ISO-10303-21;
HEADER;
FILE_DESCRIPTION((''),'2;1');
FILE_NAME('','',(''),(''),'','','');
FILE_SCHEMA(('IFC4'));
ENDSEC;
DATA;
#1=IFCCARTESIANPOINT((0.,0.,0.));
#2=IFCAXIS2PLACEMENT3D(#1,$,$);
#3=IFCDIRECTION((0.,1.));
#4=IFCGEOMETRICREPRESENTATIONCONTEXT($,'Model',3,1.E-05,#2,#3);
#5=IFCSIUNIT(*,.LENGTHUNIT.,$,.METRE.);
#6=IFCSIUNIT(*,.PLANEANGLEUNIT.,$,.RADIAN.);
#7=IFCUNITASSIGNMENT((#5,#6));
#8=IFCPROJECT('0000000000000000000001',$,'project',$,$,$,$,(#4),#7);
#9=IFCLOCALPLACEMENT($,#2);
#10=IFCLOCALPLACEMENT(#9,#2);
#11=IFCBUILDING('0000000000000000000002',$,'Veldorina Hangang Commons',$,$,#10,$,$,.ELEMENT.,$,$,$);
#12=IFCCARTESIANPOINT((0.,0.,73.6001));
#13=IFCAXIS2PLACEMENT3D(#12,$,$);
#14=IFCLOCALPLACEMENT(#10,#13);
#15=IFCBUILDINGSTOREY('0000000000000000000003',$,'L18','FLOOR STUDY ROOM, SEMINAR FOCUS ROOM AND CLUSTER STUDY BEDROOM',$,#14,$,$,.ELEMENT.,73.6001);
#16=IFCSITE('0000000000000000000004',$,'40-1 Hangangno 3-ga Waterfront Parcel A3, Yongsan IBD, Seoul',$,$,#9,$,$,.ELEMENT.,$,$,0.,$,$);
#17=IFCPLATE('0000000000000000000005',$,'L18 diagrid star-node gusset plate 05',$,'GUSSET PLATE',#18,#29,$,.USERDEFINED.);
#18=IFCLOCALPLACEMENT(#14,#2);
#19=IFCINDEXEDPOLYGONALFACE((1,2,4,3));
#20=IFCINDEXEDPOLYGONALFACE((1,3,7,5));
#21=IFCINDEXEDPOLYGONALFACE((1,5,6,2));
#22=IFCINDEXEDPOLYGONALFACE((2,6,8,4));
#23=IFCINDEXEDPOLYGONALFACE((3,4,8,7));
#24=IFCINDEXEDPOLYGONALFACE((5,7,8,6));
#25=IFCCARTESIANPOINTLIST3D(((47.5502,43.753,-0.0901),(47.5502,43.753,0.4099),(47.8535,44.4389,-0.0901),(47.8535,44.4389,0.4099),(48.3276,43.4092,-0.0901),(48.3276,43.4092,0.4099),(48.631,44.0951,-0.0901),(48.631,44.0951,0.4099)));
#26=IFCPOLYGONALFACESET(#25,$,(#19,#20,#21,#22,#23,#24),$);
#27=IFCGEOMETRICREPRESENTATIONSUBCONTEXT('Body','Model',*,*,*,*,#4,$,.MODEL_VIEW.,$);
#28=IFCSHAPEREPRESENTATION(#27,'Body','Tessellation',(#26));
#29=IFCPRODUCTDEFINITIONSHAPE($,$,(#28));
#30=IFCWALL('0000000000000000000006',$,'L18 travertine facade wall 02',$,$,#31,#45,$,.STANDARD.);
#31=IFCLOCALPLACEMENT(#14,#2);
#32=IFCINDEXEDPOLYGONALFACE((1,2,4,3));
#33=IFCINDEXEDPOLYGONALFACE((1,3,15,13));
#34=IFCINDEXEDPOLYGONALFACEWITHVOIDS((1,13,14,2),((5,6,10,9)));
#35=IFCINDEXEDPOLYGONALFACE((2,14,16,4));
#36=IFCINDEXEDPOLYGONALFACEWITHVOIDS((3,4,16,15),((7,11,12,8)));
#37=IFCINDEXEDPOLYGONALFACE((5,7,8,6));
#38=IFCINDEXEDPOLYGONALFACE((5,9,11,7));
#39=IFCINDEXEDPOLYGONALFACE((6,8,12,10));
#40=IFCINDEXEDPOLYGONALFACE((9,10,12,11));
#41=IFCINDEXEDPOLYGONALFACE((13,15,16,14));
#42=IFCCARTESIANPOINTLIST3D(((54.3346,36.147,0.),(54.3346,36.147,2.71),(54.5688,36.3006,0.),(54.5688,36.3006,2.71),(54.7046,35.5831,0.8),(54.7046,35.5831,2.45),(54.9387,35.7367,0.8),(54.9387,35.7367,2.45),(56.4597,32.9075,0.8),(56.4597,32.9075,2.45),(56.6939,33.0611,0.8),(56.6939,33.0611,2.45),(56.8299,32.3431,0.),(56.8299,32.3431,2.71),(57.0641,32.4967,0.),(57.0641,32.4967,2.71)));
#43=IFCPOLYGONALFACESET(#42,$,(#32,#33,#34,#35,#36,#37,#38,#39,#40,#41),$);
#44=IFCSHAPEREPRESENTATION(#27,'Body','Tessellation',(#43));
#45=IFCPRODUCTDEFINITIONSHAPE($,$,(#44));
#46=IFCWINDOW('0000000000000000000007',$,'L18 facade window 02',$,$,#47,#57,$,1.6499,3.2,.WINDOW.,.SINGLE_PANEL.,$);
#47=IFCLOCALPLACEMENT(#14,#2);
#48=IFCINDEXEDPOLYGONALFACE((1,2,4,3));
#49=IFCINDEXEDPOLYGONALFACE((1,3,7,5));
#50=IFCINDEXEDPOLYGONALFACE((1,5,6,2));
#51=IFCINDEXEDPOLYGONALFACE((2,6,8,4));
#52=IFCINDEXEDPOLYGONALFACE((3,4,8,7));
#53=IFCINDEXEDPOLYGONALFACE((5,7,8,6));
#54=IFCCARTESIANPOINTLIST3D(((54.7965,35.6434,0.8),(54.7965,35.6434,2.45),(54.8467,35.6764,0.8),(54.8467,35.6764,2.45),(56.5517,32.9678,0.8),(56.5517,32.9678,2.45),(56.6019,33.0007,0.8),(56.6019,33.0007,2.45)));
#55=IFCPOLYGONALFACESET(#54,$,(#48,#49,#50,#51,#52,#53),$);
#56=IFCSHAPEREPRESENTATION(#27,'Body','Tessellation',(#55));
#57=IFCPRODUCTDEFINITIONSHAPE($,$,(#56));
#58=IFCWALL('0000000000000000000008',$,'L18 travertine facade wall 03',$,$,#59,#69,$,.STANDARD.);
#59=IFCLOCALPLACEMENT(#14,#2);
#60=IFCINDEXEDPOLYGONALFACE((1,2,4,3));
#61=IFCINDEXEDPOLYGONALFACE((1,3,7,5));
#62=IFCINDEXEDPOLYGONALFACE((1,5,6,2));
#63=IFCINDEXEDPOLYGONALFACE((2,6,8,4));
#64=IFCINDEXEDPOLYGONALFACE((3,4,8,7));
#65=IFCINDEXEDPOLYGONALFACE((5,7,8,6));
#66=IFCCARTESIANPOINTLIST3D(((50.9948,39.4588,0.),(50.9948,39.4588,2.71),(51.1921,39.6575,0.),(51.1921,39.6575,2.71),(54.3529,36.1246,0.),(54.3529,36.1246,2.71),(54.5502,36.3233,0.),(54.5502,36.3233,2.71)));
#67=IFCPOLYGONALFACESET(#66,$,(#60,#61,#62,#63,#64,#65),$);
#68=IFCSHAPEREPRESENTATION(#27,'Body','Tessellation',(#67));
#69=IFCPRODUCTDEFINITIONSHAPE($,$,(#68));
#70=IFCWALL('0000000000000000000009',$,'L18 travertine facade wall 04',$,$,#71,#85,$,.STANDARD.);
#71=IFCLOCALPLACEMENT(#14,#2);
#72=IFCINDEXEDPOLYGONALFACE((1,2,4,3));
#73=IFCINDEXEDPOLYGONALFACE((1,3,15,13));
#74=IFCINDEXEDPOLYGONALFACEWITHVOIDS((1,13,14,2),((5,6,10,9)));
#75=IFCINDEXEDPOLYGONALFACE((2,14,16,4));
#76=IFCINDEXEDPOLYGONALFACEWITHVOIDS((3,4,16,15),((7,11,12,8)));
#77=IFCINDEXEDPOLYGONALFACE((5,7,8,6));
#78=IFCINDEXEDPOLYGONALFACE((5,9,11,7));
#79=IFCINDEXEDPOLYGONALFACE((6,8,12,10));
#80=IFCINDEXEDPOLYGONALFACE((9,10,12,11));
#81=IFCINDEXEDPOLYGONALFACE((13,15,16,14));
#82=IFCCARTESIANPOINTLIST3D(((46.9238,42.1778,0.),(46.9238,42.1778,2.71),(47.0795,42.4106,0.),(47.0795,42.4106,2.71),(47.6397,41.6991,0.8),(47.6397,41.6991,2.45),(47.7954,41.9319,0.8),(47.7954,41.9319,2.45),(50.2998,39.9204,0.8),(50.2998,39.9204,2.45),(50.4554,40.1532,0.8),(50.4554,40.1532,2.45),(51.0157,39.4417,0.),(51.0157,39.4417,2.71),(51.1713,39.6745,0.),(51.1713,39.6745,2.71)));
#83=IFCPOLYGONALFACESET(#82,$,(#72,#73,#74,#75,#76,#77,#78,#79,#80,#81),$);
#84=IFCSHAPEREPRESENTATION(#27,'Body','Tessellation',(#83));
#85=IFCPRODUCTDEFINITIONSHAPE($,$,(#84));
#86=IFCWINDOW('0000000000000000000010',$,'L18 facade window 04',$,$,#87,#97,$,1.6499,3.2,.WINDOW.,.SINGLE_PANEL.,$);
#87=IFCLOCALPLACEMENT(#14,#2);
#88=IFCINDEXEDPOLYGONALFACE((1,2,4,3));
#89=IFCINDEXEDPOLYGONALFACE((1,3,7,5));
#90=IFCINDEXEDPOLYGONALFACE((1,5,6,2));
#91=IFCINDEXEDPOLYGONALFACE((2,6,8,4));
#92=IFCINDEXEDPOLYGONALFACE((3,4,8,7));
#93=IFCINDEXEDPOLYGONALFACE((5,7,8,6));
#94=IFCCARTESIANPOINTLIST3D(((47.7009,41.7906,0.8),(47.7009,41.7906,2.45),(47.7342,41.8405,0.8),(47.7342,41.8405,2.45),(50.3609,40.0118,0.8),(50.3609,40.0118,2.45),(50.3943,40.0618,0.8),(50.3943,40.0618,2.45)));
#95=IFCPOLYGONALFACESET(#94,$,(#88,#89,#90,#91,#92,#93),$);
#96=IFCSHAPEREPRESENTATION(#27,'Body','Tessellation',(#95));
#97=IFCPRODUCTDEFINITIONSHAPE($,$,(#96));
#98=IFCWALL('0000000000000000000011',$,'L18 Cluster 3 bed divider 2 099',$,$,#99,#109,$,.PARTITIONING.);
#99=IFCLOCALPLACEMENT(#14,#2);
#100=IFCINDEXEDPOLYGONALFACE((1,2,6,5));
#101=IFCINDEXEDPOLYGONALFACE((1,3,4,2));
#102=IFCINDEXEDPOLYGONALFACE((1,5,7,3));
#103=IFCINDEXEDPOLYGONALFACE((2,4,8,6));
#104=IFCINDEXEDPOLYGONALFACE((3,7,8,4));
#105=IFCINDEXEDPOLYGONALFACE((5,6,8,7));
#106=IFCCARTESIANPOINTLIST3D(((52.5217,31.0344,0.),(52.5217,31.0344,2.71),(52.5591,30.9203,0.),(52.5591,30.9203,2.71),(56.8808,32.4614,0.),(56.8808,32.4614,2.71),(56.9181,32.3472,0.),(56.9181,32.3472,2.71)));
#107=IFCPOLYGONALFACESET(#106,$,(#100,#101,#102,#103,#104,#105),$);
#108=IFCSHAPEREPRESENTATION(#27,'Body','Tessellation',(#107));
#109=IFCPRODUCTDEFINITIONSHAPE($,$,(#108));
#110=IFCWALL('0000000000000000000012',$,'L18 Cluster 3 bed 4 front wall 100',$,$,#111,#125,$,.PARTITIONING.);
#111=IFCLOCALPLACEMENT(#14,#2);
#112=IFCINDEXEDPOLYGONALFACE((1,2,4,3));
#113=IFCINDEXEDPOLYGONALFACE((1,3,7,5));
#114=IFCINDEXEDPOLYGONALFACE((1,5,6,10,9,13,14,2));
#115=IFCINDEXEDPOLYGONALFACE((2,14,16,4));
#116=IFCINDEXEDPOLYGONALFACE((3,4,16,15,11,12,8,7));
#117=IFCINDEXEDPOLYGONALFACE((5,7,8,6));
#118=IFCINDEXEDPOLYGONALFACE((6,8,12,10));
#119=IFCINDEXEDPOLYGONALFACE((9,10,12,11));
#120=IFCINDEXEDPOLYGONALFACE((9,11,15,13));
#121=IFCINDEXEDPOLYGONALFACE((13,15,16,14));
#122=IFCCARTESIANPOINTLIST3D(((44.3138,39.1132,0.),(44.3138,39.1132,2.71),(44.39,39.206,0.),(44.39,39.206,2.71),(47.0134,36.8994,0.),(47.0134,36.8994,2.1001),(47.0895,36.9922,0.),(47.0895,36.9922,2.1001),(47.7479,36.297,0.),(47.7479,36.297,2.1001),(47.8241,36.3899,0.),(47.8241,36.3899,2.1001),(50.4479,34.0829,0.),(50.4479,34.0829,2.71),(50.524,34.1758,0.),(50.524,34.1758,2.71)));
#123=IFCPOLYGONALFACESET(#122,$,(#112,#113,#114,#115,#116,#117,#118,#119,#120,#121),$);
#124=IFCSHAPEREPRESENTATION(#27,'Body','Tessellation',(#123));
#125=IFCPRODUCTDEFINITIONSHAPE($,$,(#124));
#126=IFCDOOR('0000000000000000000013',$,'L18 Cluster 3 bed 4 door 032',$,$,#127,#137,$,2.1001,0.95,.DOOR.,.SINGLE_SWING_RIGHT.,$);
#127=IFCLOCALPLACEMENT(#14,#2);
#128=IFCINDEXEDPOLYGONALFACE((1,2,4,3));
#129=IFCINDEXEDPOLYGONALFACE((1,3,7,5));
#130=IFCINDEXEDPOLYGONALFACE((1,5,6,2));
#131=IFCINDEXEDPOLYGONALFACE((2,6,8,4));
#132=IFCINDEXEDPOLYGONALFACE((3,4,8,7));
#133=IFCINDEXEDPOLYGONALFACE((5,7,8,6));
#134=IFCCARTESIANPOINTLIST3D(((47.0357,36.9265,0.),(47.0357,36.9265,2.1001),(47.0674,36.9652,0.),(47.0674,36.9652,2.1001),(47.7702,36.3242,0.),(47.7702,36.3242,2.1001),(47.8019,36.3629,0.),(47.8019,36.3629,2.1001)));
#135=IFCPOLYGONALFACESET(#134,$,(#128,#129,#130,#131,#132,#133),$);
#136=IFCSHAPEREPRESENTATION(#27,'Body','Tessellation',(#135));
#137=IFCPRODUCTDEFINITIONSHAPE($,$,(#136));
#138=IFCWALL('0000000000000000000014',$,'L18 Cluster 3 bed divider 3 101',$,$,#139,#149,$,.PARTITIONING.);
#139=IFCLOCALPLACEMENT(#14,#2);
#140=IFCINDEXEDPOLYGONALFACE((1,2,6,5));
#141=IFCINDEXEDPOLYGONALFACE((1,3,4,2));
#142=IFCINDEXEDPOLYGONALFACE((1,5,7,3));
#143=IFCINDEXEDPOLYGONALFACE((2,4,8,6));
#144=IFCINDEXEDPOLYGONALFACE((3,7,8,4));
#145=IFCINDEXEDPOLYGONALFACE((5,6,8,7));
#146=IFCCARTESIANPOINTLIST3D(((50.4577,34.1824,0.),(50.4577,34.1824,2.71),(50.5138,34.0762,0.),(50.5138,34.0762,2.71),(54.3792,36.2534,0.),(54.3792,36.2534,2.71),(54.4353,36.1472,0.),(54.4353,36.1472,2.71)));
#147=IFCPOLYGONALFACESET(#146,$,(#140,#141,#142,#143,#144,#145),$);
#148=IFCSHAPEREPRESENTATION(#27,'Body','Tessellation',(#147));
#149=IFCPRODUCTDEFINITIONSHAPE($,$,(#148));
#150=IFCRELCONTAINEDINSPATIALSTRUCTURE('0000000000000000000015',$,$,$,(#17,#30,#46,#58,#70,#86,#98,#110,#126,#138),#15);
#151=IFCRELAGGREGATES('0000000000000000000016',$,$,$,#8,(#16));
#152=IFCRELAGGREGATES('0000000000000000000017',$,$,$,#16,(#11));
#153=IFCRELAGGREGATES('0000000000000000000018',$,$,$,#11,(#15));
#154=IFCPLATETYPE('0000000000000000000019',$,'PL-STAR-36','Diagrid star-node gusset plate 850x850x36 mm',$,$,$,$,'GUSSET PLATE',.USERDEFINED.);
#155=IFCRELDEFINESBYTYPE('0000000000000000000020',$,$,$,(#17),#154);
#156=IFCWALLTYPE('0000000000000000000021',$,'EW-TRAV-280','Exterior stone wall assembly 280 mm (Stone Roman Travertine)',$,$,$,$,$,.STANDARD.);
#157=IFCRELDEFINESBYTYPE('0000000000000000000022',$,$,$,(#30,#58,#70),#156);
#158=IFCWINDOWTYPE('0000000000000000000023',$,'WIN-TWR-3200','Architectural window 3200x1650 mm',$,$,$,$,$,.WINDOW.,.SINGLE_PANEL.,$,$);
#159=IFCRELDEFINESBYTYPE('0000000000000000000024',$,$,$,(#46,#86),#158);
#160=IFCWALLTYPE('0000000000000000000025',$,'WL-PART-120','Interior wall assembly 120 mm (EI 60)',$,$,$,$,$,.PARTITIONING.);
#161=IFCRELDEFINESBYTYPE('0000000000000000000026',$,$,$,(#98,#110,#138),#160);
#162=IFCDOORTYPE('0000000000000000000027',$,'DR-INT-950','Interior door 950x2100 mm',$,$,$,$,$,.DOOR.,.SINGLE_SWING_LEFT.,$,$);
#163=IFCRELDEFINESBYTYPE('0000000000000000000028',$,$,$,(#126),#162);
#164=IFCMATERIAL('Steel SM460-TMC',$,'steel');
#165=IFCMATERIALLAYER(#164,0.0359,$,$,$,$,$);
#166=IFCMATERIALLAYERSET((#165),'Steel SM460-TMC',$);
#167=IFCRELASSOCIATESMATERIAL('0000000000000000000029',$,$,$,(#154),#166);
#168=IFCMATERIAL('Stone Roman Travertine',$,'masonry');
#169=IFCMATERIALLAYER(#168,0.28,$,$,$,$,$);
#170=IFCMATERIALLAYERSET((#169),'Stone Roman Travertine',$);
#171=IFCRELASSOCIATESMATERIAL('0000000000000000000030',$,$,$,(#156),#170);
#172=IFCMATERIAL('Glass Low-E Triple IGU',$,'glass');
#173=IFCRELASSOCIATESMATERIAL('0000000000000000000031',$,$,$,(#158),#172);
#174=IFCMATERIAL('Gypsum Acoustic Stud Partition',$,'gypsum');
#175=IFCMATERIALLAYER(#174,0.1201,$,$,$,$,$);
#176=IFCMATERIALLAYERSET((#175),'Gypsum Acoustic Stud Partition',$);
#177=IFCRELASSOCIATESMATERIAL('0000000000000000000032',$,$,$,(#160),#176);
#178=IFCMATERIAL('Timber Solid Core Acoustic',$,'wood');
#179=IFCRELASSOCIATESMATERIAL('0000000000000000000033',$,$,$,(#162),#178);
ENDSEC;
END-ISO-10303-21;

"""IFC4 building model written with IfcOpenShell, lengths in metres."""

from ifc_helpers import new_model, si_unit, direction, frame, frame_2d, origin, origin_2d, place, context, subcontext, project, spatial, rectangle, extrude, material, layer, layer_set, type_object, element, fill, save


model = new_model("IFC4")

# Units and contexts
model_context = context("Model", 3, precision=1e-05, world=origin(), true_north=direction((0.0, 1.0)))
body_context = subcontext(model_context, "Body", "Model", "MODEL_VIEW")
ifc_project = project(units=[si_unit("LENGTHUNIT", "METRE"), si_unit("PLANEANGLEUNIT", "RADIAN")], contexts=[model_context])

# Site, building, storey
site_placement = place(None, origin())
site = spatial("IfcSite", under=ifc_project, at=site_placement, Name="40-1 Hangangno 3-ga Waterfront Parcel A3, Yongsan IBD, Seoul", CompositionType="ELEMENT", RefElevation=0.0)
building_placement = place(site_placement, origin())
building = spatial("IfcBuilding", under=site, at=building_placement, Name="Veldorina Hangang Commons", CompositionType="ELEMENT")
storey_placement = place(building_placement, frame((0.0, 0.0, 73.6001)))
storey = spatial("IfcBuildingStorey", under=building, at=storey_placement, Name="L18", Description="FLOOR STUDY ROOM, SEMINAR FOCUS ROOM AND CLUSTER STUDY BEDROOM", CompositionType="ELEMENT", Elevation=73.6001)

# Shared definitions
ifc_material_1 = material(Name="Steel SM460-TMC", Category="steel")

# Plate
ifc_layer_1 = layer(ifc_material_1, 0.0359)
ifc_layer_set_1 = layer_set([ifc_layer_1], Name="Steel SM460-TMC")
plate_type = type_object("IfcPlateType", Name="PL-STAR-36", Description="Diagrid star-node gusset plate 850x850x36 mm", ElementType="GUSSET PLATE", PredefinedType="USERDEFINED", material=ifc_layer_set_1)
plate_1_placement = place(storey_placement, frame((48.0906, 43.9241, -0.0901), z_axis=(0.0, 0.0, 1.0), x_axis=(-0.914558, 0.404455, 0.0)))
element("IfcPlate", 1, at=plate_1_placement, inside=storey, type_object=plate_type, Name="L18 diagrid star-node gusset plate 05", ObjectType="GUSSET PLATE", PredefinedType="USERDEFINED", context=body_context, shape_type="SweptSolid", body=[
    extrude(rectangle(XDim=0.8501, YDim=0.75, at=origin_2d()), origin(), (0.0, 0.0, 1.0), 0.5),
])

# Wall, opening, window
ifc_material_2 = material(Name="Stone Roman Travertine", Category="masonry")
ifc_layer_2 = layer(ifc_material_2, 0.28)
ifc_layer_set_2 = layer_set([ifc_layer_2], Name="Stone Roman Travertine")
wall_type_1 = type_object("IfcWallType", Name="EW-TRAV-280", Description="Exterior stone wall assembly 280 mm (Stone Roman Travertine)", PredefinedType="STANDARD", material=ifc_layer_set_2)
wall_1_placement = place(storey_placement, frame((56.947, 32.4199, 0.0), z_axis=(0.0, 0.0, 1.0), x_axis=(-0.548505, 0.836147, 0.0)))
wall_1 = element("IfcWall", 2, at=wall_1_placement, inside=storey, type_object=wall_type_1, Name="L18 travertine facade wall 02", PredefinedType="STANDARD", context=body_context, shape_type="SweptSolid", body=[
    extrude(rectangle(XDim=4.5493, YDim=0.28, at=frame_2d((2.2747, 0.0))), origin(), (0.0, 0.0, 1.0), 2.71),
])
opening_1_placement = place(wall_1_placement, frame((0.6748, 0.0, 0.8)))
opening_1 = element("IfcOpeningElement", 3, at=opening_1_placement, cuts=wall_1, PredefinedType="OPENING", context=body_context, shape_type="SweptSolid", body=[
    extrude(rectangle(XDim=3.2, YDim=1.6499, at=frame_2d((1.6001, 0.825))), frame((0.0, 0.1499, 0.0), z_axis=(0.0, -1.0, 0.0), x_axis=(1.0, 0.0, 0.0)), (0.0, 0.0, 1.0), 0.3),
])
ifc_material_3 = material(Name="Glass Low-E Triple IGU", Category="glass")
window_type = type_object("IfcWindowType", Name="WIN-TWR-3200", Description="Architectural window 3200x1650 mm", PartitioningType="SINGLE_PANEL", PredefinedType="WINDOW", material=ifc_material_3)
window_1_placement = place(opening_1_placement, origin())
window_1 = element("IfcWindow", 4, at=window_1_placement, inside=storey, type_object=window_type, Name="L18 facade window 02", OverallHeight=1.6499, OverallWidth=3.2, PartitioningType="SINGLE_PANEL", PredefinedType="WINDOW", context=body_context, shape_type="SweptSolid", body=[
    extrude(rectangle(XDim=3.2, YDim=1.6499, at=frame_2d((1.6001, 0.825))), frame((0.0, 0.03, 0.0), z_axis=(0.0, -1.0, 0.0), x_axis=(1.0, 0.0, 0.0)), (0.0, 0.0, 1.0), 0.0601),
])
fill(opening_1, window_1)

# Wall
wall_2_placement = place(storey_placement, frame((54.4517, 36.2239, 0.0), z_axis=(0.0, 0.0, 1.0), x_axis=(-0.70963, 0.704574, 0.0)))
element("IfcWall", 5, at=wall_2_placement, inside=storey, type_object=wall_type_1, Name="L18 travertine facade wall 03", PredefinedType="STANDARD", context=body_context, shape_type="SweptSolid", body=[
    extrude(rectangle(XDim=4.7322, YDim=0.28, at=frame_2d((2.3662, 0.0))), origin(), (0.0, 0.0, 1.0), 2.71),
])

# Wall, opening, window
wall_3_placement = place(storey_placement, frame((51.0935, 39.5581, 0.0), z_axis=(0.0, 0.0, 1.0), x_axis=(-0.831279, 0.555856, 0.0)))
wall_3 = element("IfcWall", 6, at=wall_3_placement, inside=storey, type_object=wall_type_1, Name="L18 travertine facade wall 04", PredefinedType="STANDARD", context=body_context, shape_type="SweptSolid", body=[
    extrude(rectangle(XDim=4.9224, YDim=0.28, at=frame_2d((2.4612, 0.0))), origin(), (0.0, 0.0, 1.0), 2.71),
])
opening_2_placement = place(wall_3_placement, frame((0.8611, 0.0, 0.8)))
opening_2 = element("IfcOpeningElement", 7, at=opening_2_placement, cuts=wall_3, PredefinedType="OPENING", context=body_context, shape_type="SweptSolid", body=[
    extrude(rectangle(XDim=3.2, YDim=1.6499, at=frame_2d((1.6001, 0.825))), frame((0.0, 0.1499, 0.0), z_axis=(0.0, -1.0, 0.0), x_axis=(1.0, 0.0, 0.0)), (0.0, 0.0, 1.0), 0.3),
])
window_2_placement = place(opening_2_placement, origin())
window_2 = element("IfcWindow", 8, at=window_2_placement, inside=storey, type_object=window_type, Name="L18 facade window 04", OverallHeight=1.6499, OverallWidth=3.2, PartitioningType="SINGLE_PANEL", PredefinedType="WINDOW", context=body_context, shape_type="SweptSolid", body=[
    extrude(rectangle(XDim=3.2, YDim=1.6499, at=frame_2d((1.6001, 0.825))), frame((0.0, 0.03, 0.0), z_axis=(0.0, -1.0, 0.0), x_axis=(1.0, 0.0, 0.0)), (0.0, 0.0, 1.0), 0.0601),
])
fill(opening_2, window_2)

# Wall
ifc_material_4 = material(Name="Gypsum Acoustic Stud Partition", Category="gypsum")
ifc_layer_3 = layer(ifc_material_4, 0.1201)
ifc_layer_set_3 = layer_set([ifc_layer_3], Name="Gypsum Acoustic Stud Partition")
wall_type_2 = type_object("IfcWallType", Name="WL-PART-120", Description="Interior wall assembly 120 mm (EI 60)", PredefinedType="PARTITIONING", material=ifc_layer_set_3)
wall_4_placement = place(storey_placement, frame((52.5403, 30.9773, 0.0), z_axis=(0.0, 0.0, 1.0), x_axis=(0.950373, 0.311113, 0.0)))
element("IfcWall", 9, at=wall_4_placement, inside=storey, type_object=wall_type_2, Name="L18 Cluster 3 bed divider 2 099", PredefinedType="PARTITIONING", context=body_context, shape_type="SweptSolid", body=[
    extrude(rectangle(XDim=4.5867, YDim=0.1201, at=frame_2d((2.2935, 0.0))), origin(), (0.0, 0.0, 1.0), 2.71),
])

# Wall, opening, door
wall_5_placement = place(storey_placement, frame((50.4858, 34.1294, 0.0), z_axis=(0.0, 0.0, 1.0), x_axis=(-0.773245, 0.634107, 0.0)))
wall_5 = element("IfcWall", 10, at=wall_5_placement, inside=storey, type_object=wall_type_2, Name="L18 Cluster 3 bed 4 front wall 100", PredefinedType="PARTITIONING", context=body_context, shape_type="SweptSolid", body=[
    extrude(rectangle(XDim=7.9329, YDim=0.1201, at=frame_2d((3.9663, 0.0))), origin(), (0.0, 0.0, 1.0), 2.71),
])
opening_3_placement = place(wall_5_placement, frame((3.4915, 0.0, 0.0)))
opening_3 = element("IfcOpeningElement", 11, at=opening_3_placement, cuts=wall_5, PredefinedType="OPENING", context=body_context, shape_type="SweptSolid", body=[
    extrude(rectangle(XDim=0.95, YDim=2.1001, at=frame_2d((0.4751, 1.05))), frame((0.0, 0.0701, 0.0), z_axis=(0.0, -1.0, 0.0), x_axis=(1.0, 0.0, 0.0)), (0.0, 0.0, 1.0), 0.1401),
])
ifc_material_5 = material(Name="Timber Solid Core Acoustic", Category="wood")
door_type = type_object("IfcDoorType", Name="DR-INT-950", Description="Interior door 950x2100 mm", OperationType="SINGLE_SWING_LEFT", PredefinedType="DOOR", material=ifc_material_5)
door_placement = place(opening_3_placement, origin())
door = element("IfcDoor", 12, at=door_placement, inside=storey, type_object=door_type, Name="L18 Cluster 3 bed 4 door 032", OperationType="SINGLE_SWING_RIGHT", OverallHeight=2.1001, OverallWidth=0.95, PredefinedType="DOOR", context=body_context, shape_type="SweptSolid", body=[
    extrude(rectangle(XDim=0.95, YDim=2.1001, at=frame_2d((0.4751, 1.05))), frame((0.0, 0.0249, 0.0), z_axis=(0.0, -1.0, 0.0), x_axis=(1.0, 0.0, 0.0)), (0.0, 0.0, 1.0), 0.05),
])
fill(opening_3, door)

# Wall
wall_6_placement = place(storey_placement, frame((50.4858, 34.1294, 0.0), z_axis=(0.0, 0.0, 1.0), x_axis=(0.884264, 0.466987, 0.0)))
element("IfcWall", 13, at=wall_6_placement, inside=storey, type_object=wall_type_2, Name="L18 Cluster 3 bed divider 3 101", PredefinedType="PARTITIONING", context=body_context, shape_type="SweptSolid", body=[
    extrude(rectangle(XDim=4.4348, YDim=0.1201, at=frame_2d((2.2173, 0.0))), origin(), (0.0, 0.0, 1.0), 2.71),
])

save(model, "model.ifc")
